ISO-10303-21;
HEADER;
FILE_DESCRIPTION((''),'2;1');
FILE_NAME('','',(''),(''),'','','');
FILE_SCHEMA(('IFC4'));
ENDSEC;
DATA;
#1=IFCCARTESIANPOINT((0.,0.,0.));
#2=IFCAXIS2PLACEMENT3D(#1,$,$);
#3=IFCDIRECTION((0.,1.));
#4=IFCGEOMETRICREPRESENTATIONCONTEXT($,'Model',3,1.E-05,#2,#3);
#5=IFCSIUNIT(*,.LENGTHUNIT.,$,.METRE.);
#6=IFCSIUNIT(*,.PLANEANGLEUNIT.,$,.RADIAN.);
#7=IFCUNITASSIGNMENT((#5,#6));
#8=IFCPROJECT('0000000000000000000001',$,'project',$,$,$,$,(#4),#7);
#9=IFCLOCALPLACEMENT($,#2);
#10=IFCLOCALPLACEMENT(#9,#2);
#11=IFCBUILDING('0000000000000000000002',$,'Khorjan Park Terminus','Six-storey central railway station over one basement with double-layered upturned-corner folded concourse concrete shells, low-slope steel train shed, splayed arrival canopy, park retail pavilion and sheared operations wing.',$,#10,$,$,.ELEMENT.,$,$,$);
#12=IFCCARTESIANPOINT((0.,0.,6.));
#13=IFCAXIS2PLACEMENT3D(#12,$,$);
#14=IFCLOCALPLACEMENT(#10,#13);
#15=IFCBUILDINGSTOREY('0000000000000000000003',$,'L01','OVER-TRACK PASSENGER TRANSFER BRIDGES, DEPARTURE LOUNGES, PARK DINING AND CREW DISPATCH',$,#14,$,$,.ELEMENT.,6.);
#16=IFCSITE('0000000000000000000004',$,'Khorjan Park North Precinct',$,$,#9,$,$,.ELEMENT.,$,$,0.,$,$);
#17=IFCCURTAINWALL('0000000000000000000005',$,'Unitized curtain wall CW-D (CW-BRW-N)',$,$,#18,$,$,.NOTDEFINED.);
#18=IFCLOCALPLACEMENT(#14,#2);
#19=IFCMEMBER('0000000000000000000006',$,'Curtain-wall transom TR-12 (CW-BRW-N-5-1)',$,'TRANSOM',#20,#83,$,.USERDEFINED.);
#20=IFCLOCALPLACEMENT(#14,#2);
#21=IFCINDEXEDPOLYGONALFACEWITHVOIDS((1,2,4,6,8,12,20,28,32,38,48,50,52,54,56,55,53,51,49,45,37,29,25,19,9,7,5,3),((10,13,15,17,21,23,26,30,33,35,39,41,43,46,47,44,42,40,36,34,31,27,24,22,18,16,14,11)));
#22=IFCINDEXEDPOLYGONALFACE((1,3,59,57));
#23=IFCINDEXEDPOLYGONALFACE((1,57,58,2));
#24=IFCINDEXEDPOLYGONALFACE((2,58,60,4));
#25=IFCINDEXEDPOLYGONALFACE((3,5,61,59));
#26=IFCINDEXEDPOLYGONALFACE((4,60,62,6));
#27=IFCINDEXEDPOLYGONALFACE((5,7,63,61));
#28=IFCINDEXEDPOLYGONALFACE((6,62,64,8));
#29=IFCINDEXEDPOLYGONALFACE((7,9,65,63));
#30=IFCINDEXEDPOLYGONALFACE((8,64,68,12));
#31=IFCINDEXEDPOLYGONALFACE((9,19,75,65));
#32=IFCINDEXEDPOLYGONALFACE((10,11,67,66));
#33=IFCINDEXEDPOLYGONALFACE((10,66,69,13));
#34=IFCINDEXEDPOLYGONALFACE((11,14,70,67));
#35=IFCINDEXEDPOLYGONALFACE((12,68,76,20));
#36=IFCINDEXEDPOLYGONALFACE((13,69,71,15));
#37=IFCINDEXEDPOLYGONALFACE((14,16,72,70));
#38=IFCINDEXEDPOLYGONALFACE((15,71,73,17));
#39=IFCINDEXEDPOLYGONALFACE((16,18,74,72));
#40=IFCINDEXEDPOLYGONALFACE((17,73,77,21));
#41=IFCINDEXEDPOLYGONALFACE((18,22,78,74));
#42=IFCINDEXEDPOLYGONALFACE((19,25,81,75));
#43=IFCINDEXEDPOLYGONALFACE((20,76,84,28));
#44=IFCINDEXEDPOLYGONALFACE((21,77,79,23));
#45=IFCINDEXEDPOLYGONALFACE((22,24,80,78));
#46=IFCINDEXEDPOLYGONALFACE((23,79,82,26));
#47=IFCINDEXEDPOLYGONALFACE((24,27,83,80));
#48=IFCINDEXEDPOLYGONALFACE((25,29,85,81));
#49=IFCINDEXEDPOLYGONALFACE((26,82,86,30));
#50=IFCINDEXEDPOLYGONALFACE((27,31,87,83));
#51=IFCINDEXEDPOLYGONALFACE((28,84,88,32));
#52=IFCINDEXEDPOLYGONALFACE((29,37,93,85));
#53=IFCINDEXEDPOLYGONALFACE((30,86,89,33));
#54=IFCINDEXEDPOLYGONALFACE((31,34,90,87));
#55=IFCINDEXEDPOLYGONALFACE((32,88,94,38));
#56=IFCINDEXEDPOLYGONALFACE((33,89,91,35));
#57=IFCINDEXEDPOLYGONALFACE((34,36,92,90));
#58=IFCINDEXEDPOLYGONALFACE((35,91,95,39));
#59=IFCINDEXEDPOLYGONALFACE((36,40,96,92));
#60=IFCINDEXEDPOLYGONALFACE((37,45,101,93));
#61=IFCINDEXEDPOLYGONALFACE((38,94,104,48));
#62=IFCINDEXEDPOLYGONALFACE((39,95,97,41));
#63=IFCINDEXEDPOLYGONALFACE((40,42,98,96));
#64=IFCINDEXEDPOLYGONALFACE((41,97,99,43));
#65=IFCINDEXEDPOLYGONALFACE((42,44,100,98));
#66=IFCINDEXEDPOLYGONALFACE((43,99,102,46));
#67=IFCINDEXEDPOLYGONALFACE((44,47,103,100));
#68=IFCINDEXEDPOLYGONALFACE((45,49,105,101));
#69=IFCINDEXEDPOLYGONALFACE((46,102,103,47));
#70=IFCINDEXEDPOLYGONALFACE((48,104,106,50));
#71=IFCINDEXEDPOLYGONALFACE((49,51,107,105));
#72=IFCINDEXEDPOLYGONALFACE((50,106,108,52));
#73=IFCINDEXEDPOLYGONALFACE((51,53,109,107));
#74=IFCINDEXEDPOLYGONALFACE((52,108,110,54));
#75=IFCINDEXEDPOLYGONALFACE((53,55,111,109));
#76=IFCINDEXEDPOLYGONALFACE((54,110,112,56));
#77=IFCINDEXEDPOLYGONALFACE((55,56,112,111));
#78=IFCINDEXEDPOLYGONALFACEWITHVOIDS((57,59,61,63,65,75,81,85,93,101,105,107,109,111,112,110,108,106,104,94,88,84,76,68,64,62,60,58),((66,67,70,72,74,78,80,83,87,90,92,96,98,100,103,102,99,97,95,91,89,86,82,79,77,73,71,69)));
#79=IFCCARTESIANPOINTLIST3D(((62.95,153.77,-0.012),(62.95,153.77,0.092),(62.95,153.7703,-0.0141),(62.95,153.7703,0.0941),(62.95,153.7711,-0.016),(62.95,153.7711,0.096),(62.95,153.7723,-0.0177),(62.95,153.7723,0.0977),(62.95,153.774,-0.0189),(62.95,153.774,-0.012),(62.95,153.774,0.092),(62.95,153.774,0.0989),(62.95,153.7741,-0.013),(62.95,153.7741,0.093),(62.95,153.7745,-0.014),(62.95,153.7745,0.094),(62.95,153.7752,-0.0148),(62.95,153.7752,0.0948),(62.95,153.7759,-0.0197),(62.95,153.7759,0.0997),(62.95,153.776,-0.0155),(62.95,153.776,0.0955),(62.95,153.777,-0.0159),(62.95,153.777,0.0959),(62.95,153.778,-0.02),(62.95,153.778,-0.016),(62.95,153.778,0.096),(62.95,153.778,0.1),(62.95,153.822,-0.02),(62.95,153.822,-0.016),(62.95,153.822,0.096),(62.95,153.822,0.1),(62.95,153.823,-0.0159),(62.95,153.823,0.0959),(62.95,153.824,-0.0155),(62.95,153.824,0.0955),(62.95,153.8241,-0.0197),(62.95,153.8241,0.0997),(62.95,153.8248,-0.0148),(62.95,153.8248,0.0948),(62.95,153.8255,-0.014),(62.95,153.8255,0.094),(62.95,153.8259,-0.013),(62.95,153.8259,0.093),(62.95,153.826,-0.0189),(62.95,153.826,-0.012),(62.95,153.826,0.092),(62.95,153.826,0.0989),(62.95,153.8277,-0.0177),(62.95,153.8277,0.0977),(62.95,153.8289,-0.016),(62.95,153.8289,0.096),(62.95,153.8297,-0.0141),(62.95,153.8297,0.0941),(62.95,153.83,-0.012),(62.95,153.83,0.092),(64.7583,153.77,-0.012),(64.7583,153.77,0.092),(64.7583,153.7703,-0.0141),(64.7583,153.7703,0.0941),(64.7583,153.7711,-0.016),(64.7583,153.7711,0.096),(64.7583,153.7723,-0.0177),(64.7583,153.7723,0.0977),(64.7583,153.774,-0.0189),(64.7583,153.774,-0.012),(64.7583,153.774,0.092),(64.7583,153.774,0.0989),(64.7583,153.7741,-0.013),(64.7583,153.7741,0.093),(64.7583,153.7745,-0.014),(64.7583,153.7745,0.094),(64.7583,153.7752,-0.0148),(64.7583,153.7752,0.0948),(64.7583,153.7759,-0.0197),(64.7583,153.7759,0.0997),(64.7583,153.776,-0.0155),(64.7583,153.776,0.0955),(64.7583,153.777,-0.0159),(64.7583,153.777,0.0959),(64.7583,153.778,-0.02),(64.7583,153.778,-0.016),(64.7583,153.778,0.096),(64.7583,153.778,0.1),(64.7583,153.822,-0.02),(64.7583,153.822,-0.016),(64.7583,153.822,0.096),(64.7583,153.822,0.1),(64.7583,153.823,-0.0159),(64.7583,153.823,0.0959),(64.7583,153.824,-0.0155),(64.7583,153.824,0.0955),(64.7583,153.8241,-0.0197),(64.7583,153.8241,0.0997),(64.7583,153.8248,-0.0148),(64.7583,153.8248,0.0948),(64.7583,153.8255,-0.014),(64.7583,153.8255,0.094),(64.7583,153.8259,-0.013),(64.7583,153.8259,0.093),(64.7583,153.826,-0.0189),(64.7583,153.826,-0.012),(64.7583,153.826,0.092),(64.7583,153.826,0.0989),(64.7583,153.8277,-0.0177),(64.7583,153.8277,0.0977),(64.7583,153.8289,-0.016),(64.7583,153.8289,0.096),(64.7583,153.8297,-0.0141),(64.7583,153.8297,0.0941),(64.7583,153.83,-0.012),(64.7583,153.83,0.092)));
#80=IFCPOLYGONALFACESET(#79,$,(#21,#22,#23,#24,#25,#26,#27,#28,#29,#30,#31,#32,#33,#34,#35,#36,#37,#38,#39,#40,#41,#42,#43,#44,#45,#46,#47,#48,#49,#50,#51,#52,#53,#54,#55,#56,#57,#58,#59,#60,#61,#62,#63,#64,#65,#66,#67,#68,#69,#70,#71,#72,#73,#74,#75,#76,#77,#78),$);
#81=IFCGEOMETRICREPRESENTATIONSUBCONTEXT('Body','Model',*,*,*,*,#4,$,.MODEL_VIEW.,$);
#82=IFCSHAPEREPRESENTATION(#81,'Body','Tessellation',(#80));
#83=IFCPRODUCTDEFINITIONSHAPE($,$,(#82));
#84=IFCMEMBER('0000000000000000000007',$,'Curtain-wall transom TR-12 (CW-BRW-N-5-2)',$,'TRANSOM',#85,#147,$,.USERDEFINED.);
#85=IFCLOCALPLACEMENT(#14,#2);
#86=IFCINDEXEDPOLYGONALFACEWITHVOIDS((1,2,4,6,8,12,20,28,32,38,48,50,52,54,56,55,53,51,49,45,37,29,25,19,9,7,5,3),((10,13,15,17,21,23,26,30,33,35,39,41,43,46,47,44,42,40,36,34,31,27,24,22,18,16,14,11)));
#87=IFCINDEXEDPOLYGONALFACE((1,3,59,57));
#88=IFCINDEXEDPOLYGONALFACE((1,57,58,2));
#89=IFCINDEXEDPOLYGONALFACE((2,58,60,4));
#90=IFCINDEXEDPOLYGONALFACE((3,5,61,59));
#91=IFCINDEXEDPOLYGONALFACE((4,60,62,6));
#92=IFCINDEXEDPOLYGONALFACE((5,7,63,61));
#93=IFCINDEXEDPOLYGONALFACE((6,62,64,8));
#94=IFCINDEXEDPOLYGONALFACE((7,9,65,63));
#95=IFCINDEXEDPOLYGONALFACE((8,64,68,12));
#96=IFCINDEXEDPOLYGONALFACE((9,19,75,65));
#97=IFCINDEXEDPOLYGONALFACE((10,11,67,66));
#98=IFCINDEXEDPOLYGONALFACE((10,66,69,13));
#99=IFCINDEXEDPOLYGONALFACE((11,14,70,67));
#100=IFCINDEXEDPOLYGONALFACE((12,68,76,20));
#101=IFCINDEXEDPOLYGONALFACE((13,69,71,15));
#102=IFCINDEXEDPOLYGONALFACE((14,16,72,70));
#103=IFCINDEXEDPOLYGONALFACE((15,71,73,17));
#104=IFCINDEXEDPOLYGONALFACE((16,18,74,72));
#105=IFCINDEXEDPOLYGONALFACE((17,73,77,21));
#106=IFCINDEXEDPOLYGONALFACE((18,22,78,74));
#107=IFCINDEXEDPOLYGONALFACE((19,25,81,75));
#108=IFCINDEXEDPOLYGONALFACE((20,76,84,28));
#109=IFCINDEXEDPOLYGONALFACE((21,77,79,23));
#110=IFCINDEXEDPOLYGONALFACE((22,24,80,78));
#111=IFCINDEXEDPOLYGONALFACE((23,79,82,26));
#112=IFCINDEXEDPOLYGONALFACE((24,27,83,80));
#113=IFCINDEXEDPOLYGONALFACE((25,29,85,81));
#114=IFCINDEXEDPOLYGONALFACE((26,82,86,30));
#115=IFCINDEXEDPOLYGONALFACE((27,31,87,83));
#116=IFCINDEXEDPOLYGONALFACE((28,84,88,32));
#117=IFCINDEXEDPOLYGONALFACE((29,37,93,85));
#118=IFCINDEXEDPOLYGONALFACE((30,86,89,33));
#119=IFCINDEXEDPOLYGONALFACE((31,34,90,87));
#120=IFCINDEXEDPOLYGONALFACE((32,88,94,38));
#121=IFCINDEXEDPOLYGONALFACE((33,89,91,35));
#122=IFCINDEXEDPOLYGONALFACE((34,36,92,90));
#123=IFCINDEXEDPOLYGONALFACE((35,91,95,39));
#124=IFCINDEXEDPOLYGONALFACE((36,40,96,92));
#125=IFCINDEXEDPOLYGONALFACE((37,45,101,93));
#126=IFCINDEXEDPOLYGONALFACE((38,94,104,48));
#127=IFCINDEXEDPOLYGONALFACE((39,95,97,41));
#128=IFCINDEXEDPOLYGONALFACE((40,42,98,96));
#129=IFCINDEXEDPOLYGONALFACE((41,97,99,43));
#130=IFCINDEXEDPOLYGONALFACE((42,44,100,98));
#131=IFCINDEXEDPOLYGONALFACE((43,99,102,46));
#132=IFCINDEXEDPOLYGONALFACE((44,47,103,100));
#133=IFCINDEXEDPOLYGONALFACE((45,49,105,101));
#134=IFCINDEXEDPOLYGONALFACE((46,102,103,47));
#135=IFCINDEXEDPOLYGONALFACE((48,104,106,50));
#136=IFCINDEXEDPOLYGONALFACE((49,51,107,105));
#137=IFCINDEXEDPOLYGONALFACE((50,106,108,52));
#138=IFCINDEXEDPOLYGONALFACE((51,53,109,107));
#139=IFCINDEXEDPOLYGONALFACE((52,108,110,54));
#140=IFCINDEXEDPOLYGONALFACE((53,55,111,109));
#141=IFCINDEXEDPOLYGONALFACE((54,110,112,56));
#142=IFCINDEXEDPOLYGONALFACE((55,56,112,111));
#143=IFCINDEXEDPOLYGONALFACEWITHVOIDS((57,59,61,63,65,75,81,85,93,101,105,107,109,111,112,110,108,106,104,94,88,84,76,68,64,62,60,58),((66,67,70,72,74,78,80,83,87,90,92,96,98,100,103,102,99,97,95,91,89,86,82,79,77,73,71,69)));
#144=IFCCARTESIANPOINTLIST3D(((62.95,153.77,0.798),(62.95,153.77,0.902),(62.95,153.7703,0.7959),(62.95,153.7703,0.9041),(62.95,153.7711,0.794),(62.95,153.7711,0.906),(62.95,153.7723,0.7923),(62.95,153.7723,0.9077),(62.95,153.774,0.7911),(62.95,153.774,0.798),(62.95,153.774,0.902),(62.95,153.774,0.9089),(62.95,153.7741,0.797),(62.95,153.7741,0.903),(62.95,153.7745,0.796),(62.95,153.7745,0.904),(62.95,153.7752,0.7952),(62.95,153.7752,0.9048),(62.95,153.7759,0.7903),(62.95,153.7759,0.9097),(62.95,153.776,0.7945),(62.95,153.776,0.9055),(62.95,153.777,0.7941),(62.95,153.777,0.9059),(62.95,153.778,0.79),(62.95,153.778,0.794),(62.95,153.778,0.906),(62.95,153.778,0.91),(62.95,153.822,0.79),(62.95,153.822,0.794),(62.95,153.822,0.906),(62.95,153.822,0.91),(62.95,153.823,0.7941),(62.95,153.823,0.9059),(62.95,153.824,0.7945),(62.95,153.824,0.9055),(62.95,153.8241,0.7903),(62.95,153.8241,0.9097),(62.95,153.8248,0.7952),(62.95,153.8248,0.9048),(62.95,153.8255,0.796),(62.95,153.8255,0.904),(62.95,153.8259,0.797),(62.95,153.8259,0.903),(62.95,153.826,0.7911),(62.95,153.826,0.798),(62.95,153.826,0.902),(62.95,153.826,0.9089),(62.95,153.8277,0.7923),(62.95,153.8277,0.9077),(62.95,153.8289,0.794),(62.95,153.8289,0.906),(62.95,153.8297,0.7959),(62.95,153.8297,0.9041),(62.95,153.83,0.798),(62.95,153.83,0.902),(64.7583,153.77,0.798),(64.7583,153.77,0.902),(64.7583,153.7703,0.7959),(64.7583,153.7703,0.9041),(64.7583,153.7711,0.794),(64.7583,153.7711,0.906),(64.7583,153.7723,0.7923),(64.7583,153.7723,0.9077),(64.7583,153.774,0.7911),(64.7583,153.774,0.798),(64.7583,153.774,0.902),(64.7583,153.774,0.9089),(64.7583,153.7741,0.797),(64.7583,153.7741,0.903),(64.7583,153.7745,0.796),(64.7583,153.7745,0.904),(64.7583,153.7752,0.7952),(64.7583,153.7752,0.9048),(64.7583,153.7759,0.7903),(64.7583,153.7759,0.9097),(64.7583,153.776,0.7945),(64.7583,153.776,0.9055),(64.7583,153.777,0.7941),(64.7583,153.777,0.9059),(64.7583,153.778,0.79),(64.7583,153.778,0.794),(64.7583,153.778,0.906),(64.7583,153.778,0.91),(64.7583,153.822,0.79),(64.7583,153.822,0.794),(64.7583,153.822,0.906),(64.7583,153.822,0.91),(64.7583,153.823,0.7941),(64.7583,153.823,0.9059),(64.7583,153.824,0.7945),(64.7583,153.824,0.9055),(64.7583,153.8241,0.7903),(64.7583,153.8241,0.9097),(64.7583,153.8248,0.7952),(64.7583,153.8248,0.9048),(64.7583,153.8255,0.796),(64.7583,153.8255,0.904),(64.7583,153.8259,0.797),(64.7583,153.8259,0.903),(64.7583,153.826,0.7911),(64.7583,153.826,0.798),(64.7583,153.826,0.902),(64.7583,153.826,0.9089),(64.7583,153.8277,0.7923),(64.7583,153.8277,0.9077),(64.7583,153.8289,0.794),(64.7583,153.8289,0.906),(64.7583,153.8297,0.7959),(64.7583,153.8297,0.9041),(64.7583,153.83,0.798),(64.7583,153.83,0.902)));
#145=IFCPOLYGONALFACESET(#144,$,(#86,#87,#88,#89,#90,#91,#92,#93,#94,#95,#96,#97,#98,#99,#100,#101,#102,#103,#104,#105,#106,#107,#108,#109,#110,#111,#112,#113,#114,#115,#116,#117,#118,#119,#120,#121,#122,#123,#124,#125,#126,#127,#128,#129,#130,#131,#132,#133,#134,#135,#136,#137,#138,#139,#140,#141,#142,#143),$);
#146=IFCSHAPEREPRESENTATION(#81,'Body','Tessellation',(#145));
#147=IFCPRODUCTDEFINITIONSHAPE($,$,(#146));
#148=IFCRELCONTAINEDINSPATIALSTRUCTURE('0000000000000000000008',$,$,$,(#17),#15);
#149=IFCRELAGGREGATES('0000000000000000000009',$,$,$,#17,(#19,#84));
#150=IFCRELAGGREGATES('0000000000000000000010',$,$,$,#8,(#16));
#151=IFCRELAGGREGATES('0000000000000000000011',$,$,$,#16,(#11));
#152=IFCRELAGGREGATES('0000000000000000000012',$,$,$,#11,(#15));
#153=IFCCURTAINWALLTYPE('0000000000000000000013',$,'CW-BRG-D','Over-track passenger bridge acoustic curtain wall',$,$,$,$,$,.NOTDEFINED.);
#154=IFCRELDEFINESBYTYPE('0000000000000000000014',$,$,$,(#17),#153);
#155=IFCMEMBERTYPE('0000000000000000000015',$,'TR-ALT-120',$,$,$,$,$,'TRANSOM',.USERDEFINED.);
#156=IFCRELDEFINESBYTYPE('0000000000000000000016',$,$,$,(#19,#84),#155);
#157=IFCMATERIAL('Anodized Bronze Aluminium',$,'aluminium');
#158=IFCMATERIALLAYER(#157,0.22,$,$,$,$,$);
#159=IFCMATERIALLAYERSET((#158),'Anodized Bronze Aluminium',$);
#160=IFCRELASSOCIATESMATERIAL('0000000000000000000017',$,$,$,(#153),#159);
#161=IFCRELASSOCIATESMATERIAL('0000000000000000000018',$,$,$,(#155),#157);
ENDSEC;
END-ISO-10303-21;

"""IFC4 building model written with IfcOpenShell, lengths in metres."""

from ifc_helpers import new_model, si_unit, direction, frame, origin, origin_2d, place, context, subcontext, project, spatial, hollow_rectangle, extrude, material, layer, layer_set, material_profile, profile_set, type_object, element, aggregate, save


model = new_model("IFC4")

# Units and contexts
model_context = context("Model", 3, precision=1e-05, world=origin(), true_north=direction((0.0, 1.0)))
body_context = subcontext(model_context, "Body", "Model", "MODEL_VIEW")
ifc_project = project(units=[si_unit("LENGTHUNIT", "METRE"), si_unit("PLANEANGLEUNIT", "RADIAN")], contexts=[model_context])

# Site, building, storey
site_placement = place(None, origin())
site = spatial("IfcSite", under=ifc_project, at=site_placement, Name="Khorjan Park North Precinct", CompositionType="ELEMENT", RefElevation=0.0)
building_placement = place(site_placement, origin())
building = spatial("IfcBuilding", under=site, at=building_placement, Name="Khorjan Park Terminus", Description="Six-storey central railway station over one basement with double-layered upturned-corner folded concourse concrete shells, low-slope steel train shed, splayed arrival canopy, park retail pavilion and sheared operations wing.", CompositionType="ELEMENT")
storey_placement = place(building_placement, frame((0.0, 0.0, 6.0)))
storey = spatial("IfcBuildingStorey", under=building, at=storey_placement, Name="L01", Description="OVER-TRACK PASSENGER TRANSFER BRIDGES, DEPARTURE LOUNGES, PARK DINING AND CREW DISPATCH", CompositionType="ELEMENT", Elevation=6.0)

# Curtain wall, members
ifc_material_1 = material(Name="Anodized Bronze Aluminium", Category="aluminium")
ifc_layer_1 = layer(ifc_material_1, 0.22)
ifc_layer_set_1 = layer_set([ifc_layer_1], Name="Anodized Bronze Aluminium")
curtain_wall_type = type_object("IfcCurtainWallType", Name="CW-BRG-D", Description="Over-track passenger bridge acoustic curtain wall", PredefinedType="NOTDEFINED", material=ifc_layer_set_1)
curtain_wall_placement = place(storey_placement, origin())
curtain_wall = element("IfcCurtainWall", 1, at=curtain_wall_placement, inside=storey, type_object=curtain_wall_type, Name="Unitized curtain wall CW-D (CW-BRW-N)", PredefinedType="NOTDEFINED")
ifc_material_profile_1 = material_profile(ifc_material_1, hollow_rectangle(XDim=0.06, YDim=0.12, WallThickness=0.004, InnerFilletRadius=0.004, OuterFilletRadius=0.008, at=origin_2d()), Name="ALT 60x120x4")
ifc_profile_set_1 = profile_set([ifc_material_profile_1], Name="Anodized Bronze Aluminium")
member_type_1 = type_object("IfcMemberType", Name="TR-ALT-120", ElementType="TRANSOM", PredefinedType="USERDEFINED", material=ifc_profile_set_1)
member_1_placement = place(storey_placement, frame((64.7583, 153.8, 0.04), z_axis=(-1.0, 0.0, 0.0), x_axis=(0.0, -1.0, 0.0)))
member_1 = element("IfcMember", 2, at=member_1_placement, type_object=member_type_1, Name="Curtain-wall transom TR-12 (CW-BRW-N-5-1)", ObjectType="TRANSOM", PredefinedType="USERDEFINED", context=body_context, shape_type="SweptSolid", body=[
    extrude(hollow_rectangle(XDim=0.06, YDim=0.12, WallThickness=0.004, InnerFilletRadius=0.004, OuterFilletRadius=0.008, at=origin_2d()), origin(), (0.0, 0.0, 1.0), 1.8083),
])
member_2_placement = place(storey_placement, frame((64.7583, 153.8, 0.85), z_axis=(-1.0, 0.0, 0.0), x_axis=(0.0, -1.0, 0.0)))
member_2 = element("IfcMember", 3, at=member_2_placement, type_object=member_type_1, Name="Curtain-wall transom TR-12 (CW-BRW-N-5-2)", ObjectType="TRANSOM", PredefinedType="USERDEFINED", context=body_context, shape_type="SweptSolid", body=[
    extrude(hollow_rectangle(XDim=0.06, YDim=0.12, WallThickness=0.004, InnerFilletRadius=0.004, OuterFilletRadius=0.008, at=origin_2d()), origin(), (0.0, 0.0, 1.0), 1.8083),
])
aggregate(curtain_wall, [member_1, member_2])

save(model, "model.ifc")
